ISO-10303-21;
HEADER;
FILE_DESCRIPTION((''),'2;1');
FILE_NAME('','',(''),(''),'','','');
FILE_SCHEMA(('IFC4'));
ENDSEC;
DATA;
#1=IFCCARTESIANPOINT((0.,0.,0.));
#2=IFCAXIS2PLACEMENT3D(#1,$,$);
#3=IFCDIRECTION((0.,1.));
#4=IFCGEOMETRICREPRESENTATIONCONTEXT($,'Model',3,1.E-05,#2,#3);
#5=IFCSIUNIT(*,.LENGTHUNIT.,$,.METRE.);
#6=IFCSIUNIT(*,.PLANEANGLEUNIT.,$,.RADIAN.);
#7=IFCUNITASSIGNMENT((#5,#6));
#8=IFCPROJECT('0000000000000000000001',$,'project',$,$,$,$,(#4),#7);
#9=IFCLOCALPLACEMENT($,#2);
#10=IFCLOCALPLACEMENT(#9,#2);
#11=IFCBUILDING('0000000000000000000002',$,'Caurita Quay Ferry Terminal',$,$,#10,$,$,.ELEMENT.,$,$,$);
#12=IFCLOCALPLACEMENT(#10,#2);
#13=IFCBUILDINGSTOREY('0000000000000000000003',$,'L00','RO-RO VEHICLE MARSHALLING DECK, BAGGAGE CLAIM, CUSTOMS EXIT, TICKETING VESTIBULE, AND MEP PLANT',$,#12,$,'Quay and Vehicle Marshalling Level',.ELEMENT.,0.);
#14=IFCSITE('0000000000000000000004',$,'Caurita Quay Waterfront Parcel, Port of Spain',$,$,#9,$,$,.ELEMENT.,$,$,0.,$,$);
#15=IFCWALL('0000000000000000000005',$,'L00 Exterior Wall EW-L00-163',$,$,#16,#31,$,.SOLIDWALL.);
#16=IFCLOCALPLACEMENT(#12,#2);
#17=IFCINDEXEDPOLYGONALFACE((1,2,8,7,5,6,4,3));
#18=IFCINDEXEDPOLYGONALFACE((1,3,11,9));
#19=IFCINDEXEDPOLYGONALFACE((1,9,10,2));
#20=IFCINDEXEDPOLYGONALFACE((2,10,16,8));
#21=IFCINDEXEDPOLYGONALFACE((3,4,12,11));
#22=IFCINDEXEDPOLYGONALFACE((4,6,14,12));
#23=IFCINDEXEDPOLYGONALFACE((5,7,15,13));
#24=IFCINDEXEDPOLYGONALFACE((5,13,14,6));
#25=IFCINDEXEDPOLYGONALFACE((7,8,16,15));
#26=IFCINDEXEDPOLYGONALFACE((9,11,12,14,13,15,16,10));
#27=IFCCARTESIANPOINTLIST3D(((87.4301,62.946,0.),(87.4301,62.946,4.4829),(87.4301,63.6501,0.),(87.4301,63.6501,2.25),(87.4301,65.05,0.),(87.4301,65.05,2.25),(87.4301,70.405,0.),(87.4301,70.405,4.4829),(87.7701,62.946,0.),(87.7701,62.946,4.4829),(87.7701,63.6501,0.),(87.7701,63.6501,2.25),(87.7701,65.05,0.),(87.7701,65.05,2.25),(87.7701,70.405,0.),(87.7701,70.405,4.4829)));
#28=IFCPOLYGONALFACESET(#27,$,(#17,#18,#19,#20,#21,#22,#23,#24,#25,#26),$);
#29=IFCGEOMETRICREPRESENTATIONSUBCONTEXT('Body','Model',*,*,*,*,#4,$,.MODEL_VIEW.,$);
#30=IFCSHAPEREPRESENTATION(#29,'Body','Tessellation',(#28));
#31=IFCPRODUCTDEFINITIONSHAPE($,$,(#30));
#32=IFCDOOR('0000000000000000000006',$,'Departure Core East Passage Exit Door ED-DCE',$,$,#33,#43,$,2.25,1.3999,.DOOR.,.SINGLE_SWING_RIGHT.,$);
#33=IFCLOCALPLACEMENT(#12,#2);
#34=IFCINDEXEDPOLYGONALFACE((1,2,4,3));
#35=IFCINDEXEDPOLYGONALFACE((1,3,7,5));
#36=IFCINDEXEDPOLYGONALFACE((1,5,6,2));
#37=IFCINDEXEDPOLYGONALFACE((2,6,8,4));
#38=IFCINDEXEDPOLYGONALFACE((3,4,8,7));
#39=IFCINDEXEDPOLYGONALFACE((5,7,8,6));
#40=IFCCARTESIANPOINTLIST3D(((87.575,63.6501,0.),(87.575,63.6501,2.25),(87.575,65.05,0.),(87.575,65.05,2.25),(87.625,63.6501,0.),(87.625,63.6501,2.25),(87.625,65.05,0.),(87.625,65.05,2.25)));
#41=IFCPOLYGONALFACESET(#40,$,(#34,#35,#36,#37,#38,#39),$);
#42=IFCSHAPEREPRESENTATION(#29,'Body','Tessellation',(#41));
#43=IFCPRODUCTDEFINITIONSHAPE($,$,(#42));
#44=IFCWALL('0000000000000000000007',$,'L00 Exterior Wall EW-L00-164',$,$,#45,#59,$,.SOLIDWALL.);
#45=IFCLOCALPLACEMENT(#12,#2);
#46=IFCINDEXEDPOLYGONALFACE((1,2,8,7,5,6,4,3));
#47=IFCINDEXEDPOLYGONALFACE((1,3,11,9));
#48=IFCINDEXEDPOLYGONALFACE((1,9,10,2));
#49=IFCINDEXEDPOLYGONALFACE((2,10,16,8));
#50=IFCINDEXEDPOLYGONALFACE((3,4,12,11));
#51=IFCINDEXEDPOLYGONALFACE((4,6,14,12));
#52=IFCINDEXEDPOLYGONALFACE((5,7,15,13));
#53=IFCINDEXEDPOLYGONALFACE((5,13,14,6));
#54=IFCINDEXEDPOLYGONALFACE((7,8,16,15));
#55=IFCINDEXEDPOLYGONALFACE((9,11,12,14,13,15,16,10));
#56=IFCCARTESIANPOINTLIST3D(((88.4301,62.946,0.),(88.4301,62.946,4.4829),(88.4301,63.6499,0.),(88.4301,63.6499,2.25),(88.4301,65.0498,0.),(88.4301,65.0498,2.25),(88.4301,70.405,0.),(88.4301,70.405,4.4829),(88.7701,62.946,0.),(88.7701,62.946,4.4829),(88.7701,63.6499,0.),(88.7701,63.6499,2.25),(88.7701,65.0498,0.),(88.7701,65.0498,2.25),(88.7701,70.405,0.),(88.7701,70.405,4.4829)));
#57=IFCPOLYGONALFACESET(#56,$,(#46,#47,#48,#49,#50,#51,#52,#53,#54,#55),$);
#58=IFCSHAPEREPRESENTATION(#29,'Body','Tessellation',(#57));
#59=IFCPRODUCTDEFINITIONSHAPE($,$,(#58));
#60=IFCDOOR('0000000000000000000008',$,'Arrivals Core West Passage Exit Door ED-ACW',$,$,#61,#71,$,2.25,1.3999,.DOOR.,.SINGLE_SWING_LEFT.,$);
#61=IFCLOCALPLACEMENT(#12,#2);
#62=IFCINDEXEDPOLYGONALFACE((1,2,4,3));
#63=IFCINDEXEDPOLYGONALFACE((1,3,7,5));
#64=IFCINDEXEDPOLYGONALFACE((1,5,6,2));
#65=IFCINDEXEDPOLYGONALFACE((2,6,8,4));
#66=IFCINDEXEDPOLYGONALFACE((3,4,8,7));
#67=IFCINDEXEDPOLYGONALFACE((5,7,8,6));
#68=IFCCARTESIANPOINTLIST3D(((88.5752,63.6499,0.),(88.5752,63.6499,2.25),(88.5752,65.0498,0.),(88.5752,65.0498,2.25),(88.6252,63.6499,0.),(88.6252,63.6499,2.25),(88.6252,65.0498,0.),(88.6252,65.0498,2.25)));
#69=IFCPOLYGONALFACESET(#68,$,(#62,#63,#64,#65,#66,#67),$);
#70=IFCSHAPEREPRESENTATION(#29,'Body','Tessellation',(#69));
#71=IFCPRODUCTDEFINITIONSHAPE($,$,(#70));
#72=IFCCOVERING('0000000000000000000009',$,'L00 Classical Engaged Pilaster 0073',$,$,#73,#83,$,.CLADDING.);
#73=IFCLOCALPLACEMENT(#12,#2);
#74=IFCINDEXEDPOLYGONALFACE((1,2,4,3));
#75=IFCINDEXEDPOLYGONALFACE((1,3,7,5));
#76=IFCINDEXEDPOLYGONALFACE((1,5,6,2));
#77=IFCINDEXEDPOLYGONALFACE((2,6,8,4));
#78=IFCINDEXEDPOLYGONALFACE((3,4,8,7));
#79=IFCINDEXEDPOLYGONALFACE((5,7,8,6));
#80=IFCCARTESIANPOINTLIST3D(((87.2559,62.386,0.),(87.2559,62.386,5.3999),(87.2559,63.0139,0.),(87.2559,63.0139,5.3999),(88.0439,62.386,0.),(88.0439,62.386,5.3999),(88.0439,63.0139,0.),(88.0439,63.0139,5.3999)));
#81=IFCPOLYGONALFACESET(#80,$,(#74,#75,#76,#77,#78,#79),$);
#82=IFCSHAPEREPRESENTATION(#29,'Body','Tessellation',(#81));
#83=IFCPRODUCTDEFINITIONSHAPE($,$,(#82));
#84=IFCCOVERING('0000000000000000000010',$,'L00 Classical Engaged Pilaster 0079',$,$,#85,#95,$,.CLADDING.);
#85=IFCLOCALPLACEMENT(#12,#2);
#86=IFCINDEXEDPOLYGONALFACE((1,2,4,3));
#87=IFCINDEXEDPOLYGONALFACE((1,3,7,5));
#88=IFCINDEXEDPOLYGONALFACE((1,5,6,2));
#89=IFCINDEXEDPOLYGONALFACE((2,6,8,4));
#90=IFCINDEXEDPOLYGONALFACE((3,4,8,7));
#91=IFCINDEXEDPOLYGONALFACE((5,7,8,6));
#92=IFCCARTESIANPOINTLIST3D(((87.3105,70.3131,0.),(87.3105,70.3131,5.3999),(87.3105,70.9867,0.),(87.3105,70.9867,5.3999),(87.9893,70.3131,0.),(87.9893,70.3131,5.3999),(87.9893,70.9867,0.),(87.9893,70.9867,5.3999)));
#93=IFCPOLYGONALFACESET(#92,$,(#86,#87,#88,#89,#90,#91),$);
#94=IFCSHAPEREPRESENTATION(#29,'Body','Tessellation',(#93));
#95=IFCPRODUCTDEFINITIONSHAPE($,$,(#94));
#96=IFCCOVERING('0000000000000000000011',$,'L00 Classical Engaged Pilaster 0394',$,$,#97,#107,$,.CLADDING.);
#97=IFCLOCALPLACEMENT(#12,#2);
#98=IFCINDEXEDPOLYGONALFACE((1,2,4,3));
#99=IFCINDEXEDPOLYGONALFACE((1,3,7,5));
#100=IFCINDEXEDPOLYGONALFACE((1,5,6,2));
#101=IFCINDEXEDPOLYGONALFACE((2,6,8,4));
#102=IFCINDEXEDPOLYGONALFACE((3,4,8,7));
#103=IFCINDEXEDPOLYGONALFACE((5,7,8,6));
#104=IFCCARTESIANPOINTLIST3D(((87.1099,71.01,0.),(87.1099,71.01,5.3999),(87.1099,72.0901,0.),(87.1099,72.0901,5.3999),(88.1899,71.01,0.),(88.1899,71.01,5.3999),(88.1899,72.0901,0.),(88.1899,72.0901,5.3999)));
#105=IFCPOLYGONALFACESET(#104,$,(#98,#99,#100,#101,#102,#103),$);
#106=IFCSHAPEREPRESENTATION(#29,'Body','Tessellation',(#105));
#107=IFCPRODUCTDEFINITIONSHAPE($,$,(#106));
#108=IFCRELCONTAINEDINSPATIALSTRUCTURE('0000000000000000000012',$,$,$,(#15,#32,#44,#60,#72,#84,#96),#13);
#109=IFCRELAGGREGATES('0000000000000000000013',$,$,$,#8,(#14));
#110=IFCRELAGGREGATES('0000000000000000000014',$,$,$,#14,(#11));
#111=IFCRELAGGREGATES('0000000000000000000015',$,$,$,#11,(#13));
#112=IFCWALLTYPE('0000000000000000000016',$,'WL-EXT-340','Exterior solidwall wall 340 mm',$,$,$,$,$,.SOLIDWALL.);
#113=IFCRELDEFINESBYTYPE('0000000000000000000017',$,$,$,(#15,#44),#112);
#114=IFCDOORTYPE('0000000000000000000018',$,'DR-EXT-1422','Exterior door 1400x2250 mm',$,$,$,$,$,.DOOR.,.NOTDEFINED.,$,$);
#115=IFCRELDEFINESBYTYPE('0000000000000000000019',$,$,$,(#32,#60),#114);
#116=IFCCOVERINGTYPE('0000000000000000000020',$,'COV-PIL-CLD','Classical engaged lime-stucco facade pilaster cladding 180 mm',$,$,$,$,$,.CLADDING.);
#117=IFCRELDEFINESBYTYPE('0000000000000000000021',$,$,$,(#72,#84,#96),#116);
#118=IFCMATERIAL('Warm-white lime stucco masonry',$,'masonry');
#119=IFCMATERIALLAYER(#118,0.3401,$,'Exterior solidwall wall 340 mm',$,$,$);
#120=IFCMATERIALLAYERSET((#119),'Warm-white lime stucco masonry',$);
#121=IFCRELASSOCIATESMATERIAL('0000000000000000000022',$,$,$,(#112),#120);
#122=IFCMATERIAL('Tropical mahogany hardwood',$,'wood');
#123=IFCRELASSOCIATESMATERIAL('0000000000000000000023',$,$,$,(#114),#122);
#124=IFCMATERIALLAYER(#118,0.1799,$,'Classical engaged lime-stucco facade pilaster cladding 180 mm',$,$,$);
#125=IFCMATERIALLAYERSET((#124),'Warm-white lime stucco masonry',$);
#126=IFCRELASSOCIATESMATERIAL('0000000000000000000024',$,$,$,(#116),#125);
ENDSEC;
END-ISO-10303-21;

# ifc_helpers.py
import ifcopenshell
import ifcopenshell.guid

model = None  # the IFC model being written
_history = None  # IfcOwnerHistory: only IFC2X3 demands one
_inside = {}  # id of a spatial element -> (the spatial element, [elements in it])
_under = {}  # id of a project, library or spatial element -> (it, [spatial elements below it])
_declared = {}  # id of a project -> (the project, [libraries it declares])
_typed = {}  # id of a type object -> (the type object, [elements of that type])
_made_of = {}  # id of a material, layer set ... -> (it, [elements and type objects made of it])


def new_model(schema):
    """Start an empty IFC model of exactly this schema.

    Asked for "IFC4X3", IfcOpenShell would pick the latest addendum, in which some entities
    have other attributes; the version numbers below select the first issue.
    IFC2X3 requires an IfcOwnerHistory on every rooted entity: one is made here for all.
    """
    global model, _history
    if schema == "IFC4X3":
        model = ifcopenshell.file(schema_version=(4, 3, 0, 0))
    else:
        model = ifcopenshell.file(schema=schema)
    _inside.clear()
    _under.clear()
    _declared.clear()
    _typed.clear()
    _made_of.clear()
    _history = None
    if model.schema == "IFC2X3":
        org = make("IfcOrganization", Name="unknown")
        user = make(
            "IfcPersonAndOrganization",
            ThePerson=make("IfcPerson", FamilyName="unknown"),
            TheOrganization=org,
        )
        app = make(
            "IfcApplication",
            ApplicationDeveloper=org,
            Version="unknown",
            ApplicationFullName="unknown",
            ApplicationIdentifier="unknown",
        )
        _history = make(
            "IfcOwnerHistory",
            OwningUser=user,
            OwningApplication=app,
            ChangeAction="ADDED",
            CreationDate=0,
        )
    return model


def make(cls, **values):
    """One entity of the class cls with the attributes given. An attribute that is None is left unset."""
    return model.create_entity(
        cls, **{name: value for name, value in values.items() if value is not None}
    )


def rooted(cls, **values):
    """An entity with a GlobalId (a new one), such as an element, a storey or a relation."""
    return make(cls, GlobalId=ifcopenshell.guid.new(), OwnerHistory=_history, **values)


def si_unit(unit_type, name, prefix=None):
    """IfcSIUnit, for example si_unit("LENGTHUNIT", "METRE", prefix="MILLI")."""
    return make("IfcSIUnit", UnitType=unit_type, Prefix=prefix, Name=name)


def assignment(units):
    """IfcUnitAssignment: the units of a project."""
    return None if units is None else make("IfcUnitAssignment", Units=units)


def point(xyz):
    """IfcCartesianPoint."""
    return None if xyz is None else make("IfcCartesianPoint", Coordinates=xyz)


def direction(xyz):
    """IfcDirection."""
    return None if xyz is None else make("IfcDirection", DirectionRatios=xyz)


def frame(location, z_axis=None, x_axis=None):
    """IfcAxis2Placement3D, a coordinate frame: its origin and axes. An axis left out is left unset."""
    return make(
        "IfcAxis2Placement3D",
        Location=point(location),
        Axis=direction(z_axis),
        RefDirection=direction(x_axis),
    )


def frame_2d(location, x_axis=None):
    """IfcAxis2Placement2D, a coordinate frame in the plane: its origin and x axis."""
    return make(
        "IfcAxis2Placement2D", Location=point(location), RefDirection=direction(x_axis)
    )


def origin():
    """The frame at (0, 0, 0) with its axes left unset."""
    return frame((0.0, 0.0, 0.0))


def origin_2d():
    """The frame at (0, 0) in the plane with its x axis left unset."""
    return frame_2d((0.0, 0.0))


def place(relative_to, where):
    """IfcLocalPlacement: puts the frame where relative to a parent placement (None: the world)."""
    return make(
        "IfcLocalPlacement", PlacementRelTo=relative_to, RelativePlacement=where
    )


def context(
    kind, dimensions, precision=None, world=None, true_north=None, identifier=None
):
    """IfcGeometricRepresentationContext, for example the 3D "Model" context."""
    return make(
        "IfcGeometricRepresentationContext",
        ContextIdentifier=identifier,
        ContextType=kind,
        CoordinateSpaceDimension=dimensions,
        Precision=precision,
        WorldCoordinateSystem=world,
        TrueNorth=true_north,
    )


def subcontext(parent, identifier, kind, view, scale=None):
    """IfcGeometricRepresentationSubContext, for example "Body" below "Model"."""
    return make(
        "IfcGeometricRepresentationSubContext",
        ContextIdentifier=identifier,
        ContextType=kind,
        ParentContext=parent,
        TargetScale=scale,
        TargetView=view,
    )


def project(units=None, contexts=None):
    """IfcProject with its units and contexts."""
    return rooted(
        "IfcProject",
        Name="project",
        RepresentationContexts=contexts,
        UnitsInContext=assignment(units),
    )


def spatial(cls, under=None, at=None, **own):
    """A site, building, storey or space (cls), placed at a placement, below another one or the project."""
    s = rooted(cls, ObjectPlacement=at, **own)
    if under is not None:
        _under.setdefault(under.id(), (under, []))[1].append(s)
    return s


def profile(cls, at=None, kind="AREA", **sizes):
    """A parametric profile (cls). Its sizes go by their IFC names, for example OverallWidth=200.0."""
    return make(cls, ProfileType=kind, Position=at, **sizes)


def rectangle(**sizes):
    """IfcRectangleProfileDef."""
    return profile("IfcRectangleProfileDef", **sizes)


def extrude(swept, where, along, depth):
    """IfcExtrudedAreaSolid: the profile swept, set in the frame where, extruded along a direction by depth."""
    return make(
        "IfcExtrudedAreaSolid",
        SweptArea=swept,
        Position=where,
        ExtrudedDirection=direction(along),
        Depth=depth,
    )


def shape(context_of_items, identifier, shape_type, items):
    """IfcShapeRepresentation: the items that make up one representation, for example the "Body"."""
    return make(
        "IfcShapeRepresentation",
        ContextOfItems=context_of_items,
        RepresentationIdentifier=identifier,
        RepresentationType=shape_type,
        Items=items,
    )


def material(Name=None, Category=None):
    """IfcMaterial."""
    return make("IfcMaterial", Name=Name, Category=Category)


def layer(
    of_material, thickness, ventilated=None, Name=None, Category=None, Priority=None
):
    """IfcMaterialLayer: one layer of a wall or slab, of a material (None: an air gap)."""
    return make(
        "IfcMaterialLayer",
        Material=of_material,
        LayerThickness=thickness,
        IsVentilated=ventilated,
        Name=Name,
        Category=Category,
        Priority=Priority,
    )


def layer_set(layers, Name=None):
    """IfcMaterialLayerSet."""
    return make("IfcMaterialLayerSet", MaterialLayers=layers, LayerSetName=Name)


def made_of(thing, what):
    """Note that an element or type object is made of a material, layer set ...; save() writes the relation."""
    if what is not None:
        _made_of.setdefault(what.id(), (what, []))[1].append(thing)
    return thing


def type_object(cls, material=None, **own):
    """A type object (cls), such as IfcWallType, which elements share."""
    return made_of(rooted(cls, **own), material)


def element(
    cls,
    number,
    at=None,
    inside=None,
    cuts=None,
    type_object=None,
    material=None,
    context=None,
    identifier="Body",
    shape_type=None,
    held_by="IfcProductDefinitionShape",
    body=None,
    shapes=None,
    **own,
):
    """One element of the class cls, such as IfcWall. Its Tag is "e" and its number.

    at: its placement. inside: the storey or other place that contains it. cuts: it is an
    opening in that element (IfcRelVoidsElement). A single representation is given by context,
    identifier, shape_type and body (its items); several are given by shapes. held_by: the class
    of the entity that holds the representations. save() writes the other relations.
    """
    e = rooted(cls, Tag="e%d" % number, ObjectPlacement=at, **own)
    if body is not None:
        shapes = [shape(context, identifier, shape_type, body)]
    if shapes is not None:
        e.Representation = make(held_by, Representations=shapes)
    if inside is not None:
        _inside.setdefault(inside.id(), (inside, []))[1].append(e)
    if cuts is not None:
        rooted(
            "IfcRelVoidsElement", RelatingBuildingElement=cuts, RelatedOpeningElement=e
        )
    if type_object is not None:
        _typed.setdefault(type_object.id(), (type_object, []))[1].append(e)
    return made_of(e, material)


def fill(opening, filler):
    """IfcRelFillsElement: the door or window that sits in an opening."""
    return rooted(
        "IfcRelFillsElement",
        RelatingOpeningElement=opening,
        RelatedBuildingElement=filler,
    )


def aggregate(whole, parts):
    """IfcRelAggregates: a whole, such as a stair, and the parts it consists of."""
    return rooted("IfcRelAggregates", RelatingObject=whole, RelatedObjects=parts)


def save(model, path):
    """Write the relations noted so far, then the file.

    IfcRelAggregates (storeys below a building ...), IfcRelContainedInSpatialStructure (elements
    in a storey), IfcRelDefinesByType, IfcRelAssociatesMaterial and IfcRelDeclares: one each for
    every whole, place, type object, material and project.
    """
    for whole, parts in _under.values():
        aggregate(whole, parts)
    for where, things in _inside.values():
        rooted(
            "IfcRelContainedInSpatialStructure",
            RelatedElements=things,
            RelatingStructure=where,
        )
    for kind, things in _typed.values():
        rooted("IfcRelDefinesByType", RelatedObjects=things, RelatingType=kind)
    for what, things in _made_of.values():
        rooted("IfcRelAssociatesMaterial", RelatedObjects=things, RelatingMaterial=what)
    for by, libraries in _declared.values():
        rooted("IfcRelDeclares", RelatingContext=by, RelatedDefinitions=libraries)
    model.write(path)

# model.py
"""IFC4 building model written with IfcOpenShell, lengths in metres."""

from ifc_helpers import new_model, si_unit, direction, frame, frame_2d, origin, origin_2d, place, context, subcontext, project, spatial, rectangle, extrude, material, layer, layer_set, type_object, element, fill, save


model = new_model("IFC4")

# Units and contexts
model_context = context("Model", 3, precision=1e-05, world=origin(), true_north=direction((0.0, 1.0)))
body_context = subcontext(model_context, "Body", "Model", "MODEL_VIEW")
ifc_project = project(units=[si_unit("LENGTHUNIT", "METRE"), si_unit("PLANEANGLEUNIT", "RADIAN")], contexts=[model_context])

# Site, building, storey
site_placement = place(None, origin())
site = spatial("IfcSite", under=ifc_project, at=site_placement, Name="Caurita Quay Waterfront Parcel, Port of Spain", CompositionType="ELEMENT", RefElevation=0.0)
building_placement = place(site_placement, origin())
building = spatial("IfcBuilding", under=site, at=building_placement, Name="Caurita Quay Ferry Terminal", CompositionType="ELEMENT")
storey_placement = place(building_placement, origin())
storey = spatial("IfcBuildingStorey", under=building, at=storey_placement, Name="L00", Description="RO-RO VEHICLE MARSHALLING DECK, BAGGAGE CLAIM, CUSTOMS EXIT, TICKETING VESTIBULE, AND MEP PLANT", LongName="Quay and Vehicle Marshalling Level", CompositionType="ELEMENT", Elevation=0.0)

# Shared definitions
ifc_material_1 = material(Name="Warm-white lime stucco masonry", Category="masonry")

# Walls, openings, doors
ifc_layer_1 = layer(ifc_material_1, 0.3401, Name="Exterior solidwall wall 340 mm")
ifc_layer_set_1 = layer_set([ifc_layer_1], Name="Warm-white lime stucco masonry")
wall_type_1 = type_object("IfcWallType", Name="WL-EXT-340", Description="Exterior solidwall wall 340 mm", PredefinedType="SOLIDWALL", material=ifc_layer_set_1)
wall_1_placement = place(storey_placement, frame((87.6001, 62.946, 0.0), z_axis=(0.0, 0.0, 1.0), x_axis=(0.0, 1.0, 0.0)))
wall_1 = element("IfcWall", 1, at=wall_1_placement, inside=storey, type_object=wall_type_1, Name="L00 Exterior Wall EW-L00-163", PredefinedType="SOLIDWALL", context=body_context, shape_type="SweptSolid", body=[
    extrude(rectangle(XDim=7.459, YDim=0.3401, at=frame_2d((3.7295, 0.0))), origin(), (0.0, 0.0, 1.0), 4.4829),
])
opening_1_placement = place(wall_1_placement, frame((0.7041, 0.0, 0.0)))
opening_1 = element("IfcOpeningElement", 2, at=opening_1_placement, cuts=wall_1, PredefinedType="OPENING", context=body_context, shape_type="SweptSolid", body=[
    extrude(rectangle(XDim=1.3999, YDim=2.25, at=frame_2d((0.7, 1.125))), frame((0.0, 0.1799, 0.0), z_axis=(0.0, -1.0, 0.0), x_axis=(1.0, 0.0, 0.0)), (0.0, 0.0, 1.0), 0.3601),
])
ifc_material_2 = material(Name="Tropical mahogany hardwood", Category="wood")
door_type = type_object("IfcDoorType", Name="DR-EXT-1422", Description="Exterior door 1400x2250 mm", OperationType="NOTDEFINED", PredefinedType="DOOR", material=ifc_material_2)
door_1_placement = place(opening_1_placement, frame((1.3999, 0.0, 0.0), z_axis=(0.0, 0.0, 1.0), x_axis=(-1.0, 0.0, 0.0)))
door_1 = element("IfcDoor", 3, at=door_1_placement, inside=storey, type_object=door_type, Name="Departure Core East Passage Exit Door ED-DCE", OperationType="SINGLE_SWING_RIGHT", OverallHeight=2.25, OverallWidth=1.3999, PredefinedType="DOOR", context=body_context, shape_type="SweptSolid", body=[
    extrude(rectangle(XDim=1.3999, YDim=2.25, at=frame_2d((0.7, 1.125))), frame((0.0, 0.0249, 0.0), z_axis=(0.0, -1.0, 0.0), x_axis=(1.0, 0.0, 0.0)), (0.0, 0.0, 1.0), 0.05),
])
fill(opening_1, door_1)
wall_2_placement = place(storey_placement, frame((88.6001, 70.405, 0.0), z_axis=(0.0, 0.0, 1.0), x_axis=(0.0, -1.0, 0.0)))
wall_2 = element("IfcWall", 4, at=wall_2_placement, inside=storey, type_object=wall_type_1, Name="L00 Exterior Wall EW-L00-164", PredefinedType="SOLIDWALL", context=body_context, shape_type="SweptSolid", body=[
    extrude(rectangle(XDim=7.459, YDim=0.3401, at=frame_2d((3.7295, 0.0))), origin(), (0.0, 0.0, 1.0), 4.4829),
])
opening_2_placement = place(wall_2_placement, frame((5.3552, 0.0, 0.0)))
opening_2 = element("IfcOpeningElement", 5, at=opening_2_placement, cuts=wall_2, PredefinedType="OPENING", context=body_context, shape_type="SweptSolid", body=[
    extrude(rectangle(XDim=1.3999, YDim=2.25, at=frame_2d((0.7, 1.125))), frame((0.0, 0.1799, 0.0), z_axis=(0.0, -1.0, 0.0), x_axis=(1.0, 0.0, 0.0)), (0.0, 0.0, 1.0), 0.3601),
])
door_2_placement = place(opening_2_placement, frame((1.3999, 0.0, 0.0), z_axis=(0.0, 0.0, 1.0), x_axis=(-1.0, 0.0, 0.0)))
door_2 = element("IfcDoor", 6, at=door_2_placement, inside=storey, type_object=door_type, Name="Arrivals Core West Passage Exit Door ED-ACW", OperationType="SINGLE_SWING_LEFT", OverallHeight=2.25, OverallWidth=1.3999, PredefinedType="DOOR", context=body_context, shape_type="SweptSolid", body=[
    extrude(rectangle(XDim=1.3999, YDim=2.25, at=frame_2d((0.7, 1.125))), frame((0.0, 0.0249, 0.0), z_axis=(0.0, -1.0, 0.0), x_axis=(1.0, 0.0, 0.0)), (0.0, 0.0, 1.0), 0.05),
])
fill(opening_2, door_2)

# Coverings
ifc_layer_2 = layer(ifc_material_1, 0.1799, Name="Classical engaged lime-stucco facade pilaster cladding 180 mm")
ifc_layer_set_2 = layer_set([ifc_layer_2], Name="Warm-white lime stucco masonry")
covering_type = type_object("IfcCoveringType", Name="COV-PIL-CLD", Description="Classical engaged lime-stucco facade pilaster cladding 180 mm", PredefinedType="CLADDING", material=ifc_layer_set_2)
covering_1_placement = place(storey_placement, frame((87.6499, 62.7, 0.0), z_axis=(0.0, 0.0, 1.0), x_axis=(1.0, 0.0, 0.0)))
element("IfcCovering", 7, at=covering_1_placement, inside=storey, type_object=covering_type, Name="L00 Classical Engaged Pilaster 0073", PredefinedType="CLADDING", context=body_context, shape_type="SweptSolid", body=[
    extrude(rectangle(XDim=0.7881, YDim=0.6279, at=origin_2d()), origin(), (0.0, 0.0, 1.0), 5.3999),
])
covering_2_placement = place(storey_placement, frame((87.6499, 70.6499, 0.0), z_axis=(0.0, 0.0, 1.0), x_axis=(1.0, 0.0, 0.0)))
element("IfcCovering", 8, at=covering_2_placement, inside=storey, type_object=covering_type, Name="L00 Classical Engaged Pilaster 0079", PredefinedType="CLADDING", context=body_context, shape_type="SweptSolid", body=[
    extrude(rectangle(XDim=0.6787, YDim=0.6736, at=origin_2d()), origin(), (0.0, 0.0, 1.0), 5.3999),
])
covering_3_placement = place(storey_placement, frame((87.6499, 71.55, 0.0), z_axis=(0.0, 0.0, 1.0), x_axis=(1.0, 0.0, 0.0)))
element("IfcCovering", 9, at=covering_3_placement, inside=storey, type_object=covering_type, Name="L00 Classical Engaged Pilaster 0394", PredefinedType="CLADDING", context=body_context, shape_type="SweptSolid", body=[
    extrude(rectangle(XDim=1.0801, YDim=1.0801, at=origin_2d()), origin(), (0.0, 0.0, 1.0), 5.3999),
])

save(model, "model.ifc")
